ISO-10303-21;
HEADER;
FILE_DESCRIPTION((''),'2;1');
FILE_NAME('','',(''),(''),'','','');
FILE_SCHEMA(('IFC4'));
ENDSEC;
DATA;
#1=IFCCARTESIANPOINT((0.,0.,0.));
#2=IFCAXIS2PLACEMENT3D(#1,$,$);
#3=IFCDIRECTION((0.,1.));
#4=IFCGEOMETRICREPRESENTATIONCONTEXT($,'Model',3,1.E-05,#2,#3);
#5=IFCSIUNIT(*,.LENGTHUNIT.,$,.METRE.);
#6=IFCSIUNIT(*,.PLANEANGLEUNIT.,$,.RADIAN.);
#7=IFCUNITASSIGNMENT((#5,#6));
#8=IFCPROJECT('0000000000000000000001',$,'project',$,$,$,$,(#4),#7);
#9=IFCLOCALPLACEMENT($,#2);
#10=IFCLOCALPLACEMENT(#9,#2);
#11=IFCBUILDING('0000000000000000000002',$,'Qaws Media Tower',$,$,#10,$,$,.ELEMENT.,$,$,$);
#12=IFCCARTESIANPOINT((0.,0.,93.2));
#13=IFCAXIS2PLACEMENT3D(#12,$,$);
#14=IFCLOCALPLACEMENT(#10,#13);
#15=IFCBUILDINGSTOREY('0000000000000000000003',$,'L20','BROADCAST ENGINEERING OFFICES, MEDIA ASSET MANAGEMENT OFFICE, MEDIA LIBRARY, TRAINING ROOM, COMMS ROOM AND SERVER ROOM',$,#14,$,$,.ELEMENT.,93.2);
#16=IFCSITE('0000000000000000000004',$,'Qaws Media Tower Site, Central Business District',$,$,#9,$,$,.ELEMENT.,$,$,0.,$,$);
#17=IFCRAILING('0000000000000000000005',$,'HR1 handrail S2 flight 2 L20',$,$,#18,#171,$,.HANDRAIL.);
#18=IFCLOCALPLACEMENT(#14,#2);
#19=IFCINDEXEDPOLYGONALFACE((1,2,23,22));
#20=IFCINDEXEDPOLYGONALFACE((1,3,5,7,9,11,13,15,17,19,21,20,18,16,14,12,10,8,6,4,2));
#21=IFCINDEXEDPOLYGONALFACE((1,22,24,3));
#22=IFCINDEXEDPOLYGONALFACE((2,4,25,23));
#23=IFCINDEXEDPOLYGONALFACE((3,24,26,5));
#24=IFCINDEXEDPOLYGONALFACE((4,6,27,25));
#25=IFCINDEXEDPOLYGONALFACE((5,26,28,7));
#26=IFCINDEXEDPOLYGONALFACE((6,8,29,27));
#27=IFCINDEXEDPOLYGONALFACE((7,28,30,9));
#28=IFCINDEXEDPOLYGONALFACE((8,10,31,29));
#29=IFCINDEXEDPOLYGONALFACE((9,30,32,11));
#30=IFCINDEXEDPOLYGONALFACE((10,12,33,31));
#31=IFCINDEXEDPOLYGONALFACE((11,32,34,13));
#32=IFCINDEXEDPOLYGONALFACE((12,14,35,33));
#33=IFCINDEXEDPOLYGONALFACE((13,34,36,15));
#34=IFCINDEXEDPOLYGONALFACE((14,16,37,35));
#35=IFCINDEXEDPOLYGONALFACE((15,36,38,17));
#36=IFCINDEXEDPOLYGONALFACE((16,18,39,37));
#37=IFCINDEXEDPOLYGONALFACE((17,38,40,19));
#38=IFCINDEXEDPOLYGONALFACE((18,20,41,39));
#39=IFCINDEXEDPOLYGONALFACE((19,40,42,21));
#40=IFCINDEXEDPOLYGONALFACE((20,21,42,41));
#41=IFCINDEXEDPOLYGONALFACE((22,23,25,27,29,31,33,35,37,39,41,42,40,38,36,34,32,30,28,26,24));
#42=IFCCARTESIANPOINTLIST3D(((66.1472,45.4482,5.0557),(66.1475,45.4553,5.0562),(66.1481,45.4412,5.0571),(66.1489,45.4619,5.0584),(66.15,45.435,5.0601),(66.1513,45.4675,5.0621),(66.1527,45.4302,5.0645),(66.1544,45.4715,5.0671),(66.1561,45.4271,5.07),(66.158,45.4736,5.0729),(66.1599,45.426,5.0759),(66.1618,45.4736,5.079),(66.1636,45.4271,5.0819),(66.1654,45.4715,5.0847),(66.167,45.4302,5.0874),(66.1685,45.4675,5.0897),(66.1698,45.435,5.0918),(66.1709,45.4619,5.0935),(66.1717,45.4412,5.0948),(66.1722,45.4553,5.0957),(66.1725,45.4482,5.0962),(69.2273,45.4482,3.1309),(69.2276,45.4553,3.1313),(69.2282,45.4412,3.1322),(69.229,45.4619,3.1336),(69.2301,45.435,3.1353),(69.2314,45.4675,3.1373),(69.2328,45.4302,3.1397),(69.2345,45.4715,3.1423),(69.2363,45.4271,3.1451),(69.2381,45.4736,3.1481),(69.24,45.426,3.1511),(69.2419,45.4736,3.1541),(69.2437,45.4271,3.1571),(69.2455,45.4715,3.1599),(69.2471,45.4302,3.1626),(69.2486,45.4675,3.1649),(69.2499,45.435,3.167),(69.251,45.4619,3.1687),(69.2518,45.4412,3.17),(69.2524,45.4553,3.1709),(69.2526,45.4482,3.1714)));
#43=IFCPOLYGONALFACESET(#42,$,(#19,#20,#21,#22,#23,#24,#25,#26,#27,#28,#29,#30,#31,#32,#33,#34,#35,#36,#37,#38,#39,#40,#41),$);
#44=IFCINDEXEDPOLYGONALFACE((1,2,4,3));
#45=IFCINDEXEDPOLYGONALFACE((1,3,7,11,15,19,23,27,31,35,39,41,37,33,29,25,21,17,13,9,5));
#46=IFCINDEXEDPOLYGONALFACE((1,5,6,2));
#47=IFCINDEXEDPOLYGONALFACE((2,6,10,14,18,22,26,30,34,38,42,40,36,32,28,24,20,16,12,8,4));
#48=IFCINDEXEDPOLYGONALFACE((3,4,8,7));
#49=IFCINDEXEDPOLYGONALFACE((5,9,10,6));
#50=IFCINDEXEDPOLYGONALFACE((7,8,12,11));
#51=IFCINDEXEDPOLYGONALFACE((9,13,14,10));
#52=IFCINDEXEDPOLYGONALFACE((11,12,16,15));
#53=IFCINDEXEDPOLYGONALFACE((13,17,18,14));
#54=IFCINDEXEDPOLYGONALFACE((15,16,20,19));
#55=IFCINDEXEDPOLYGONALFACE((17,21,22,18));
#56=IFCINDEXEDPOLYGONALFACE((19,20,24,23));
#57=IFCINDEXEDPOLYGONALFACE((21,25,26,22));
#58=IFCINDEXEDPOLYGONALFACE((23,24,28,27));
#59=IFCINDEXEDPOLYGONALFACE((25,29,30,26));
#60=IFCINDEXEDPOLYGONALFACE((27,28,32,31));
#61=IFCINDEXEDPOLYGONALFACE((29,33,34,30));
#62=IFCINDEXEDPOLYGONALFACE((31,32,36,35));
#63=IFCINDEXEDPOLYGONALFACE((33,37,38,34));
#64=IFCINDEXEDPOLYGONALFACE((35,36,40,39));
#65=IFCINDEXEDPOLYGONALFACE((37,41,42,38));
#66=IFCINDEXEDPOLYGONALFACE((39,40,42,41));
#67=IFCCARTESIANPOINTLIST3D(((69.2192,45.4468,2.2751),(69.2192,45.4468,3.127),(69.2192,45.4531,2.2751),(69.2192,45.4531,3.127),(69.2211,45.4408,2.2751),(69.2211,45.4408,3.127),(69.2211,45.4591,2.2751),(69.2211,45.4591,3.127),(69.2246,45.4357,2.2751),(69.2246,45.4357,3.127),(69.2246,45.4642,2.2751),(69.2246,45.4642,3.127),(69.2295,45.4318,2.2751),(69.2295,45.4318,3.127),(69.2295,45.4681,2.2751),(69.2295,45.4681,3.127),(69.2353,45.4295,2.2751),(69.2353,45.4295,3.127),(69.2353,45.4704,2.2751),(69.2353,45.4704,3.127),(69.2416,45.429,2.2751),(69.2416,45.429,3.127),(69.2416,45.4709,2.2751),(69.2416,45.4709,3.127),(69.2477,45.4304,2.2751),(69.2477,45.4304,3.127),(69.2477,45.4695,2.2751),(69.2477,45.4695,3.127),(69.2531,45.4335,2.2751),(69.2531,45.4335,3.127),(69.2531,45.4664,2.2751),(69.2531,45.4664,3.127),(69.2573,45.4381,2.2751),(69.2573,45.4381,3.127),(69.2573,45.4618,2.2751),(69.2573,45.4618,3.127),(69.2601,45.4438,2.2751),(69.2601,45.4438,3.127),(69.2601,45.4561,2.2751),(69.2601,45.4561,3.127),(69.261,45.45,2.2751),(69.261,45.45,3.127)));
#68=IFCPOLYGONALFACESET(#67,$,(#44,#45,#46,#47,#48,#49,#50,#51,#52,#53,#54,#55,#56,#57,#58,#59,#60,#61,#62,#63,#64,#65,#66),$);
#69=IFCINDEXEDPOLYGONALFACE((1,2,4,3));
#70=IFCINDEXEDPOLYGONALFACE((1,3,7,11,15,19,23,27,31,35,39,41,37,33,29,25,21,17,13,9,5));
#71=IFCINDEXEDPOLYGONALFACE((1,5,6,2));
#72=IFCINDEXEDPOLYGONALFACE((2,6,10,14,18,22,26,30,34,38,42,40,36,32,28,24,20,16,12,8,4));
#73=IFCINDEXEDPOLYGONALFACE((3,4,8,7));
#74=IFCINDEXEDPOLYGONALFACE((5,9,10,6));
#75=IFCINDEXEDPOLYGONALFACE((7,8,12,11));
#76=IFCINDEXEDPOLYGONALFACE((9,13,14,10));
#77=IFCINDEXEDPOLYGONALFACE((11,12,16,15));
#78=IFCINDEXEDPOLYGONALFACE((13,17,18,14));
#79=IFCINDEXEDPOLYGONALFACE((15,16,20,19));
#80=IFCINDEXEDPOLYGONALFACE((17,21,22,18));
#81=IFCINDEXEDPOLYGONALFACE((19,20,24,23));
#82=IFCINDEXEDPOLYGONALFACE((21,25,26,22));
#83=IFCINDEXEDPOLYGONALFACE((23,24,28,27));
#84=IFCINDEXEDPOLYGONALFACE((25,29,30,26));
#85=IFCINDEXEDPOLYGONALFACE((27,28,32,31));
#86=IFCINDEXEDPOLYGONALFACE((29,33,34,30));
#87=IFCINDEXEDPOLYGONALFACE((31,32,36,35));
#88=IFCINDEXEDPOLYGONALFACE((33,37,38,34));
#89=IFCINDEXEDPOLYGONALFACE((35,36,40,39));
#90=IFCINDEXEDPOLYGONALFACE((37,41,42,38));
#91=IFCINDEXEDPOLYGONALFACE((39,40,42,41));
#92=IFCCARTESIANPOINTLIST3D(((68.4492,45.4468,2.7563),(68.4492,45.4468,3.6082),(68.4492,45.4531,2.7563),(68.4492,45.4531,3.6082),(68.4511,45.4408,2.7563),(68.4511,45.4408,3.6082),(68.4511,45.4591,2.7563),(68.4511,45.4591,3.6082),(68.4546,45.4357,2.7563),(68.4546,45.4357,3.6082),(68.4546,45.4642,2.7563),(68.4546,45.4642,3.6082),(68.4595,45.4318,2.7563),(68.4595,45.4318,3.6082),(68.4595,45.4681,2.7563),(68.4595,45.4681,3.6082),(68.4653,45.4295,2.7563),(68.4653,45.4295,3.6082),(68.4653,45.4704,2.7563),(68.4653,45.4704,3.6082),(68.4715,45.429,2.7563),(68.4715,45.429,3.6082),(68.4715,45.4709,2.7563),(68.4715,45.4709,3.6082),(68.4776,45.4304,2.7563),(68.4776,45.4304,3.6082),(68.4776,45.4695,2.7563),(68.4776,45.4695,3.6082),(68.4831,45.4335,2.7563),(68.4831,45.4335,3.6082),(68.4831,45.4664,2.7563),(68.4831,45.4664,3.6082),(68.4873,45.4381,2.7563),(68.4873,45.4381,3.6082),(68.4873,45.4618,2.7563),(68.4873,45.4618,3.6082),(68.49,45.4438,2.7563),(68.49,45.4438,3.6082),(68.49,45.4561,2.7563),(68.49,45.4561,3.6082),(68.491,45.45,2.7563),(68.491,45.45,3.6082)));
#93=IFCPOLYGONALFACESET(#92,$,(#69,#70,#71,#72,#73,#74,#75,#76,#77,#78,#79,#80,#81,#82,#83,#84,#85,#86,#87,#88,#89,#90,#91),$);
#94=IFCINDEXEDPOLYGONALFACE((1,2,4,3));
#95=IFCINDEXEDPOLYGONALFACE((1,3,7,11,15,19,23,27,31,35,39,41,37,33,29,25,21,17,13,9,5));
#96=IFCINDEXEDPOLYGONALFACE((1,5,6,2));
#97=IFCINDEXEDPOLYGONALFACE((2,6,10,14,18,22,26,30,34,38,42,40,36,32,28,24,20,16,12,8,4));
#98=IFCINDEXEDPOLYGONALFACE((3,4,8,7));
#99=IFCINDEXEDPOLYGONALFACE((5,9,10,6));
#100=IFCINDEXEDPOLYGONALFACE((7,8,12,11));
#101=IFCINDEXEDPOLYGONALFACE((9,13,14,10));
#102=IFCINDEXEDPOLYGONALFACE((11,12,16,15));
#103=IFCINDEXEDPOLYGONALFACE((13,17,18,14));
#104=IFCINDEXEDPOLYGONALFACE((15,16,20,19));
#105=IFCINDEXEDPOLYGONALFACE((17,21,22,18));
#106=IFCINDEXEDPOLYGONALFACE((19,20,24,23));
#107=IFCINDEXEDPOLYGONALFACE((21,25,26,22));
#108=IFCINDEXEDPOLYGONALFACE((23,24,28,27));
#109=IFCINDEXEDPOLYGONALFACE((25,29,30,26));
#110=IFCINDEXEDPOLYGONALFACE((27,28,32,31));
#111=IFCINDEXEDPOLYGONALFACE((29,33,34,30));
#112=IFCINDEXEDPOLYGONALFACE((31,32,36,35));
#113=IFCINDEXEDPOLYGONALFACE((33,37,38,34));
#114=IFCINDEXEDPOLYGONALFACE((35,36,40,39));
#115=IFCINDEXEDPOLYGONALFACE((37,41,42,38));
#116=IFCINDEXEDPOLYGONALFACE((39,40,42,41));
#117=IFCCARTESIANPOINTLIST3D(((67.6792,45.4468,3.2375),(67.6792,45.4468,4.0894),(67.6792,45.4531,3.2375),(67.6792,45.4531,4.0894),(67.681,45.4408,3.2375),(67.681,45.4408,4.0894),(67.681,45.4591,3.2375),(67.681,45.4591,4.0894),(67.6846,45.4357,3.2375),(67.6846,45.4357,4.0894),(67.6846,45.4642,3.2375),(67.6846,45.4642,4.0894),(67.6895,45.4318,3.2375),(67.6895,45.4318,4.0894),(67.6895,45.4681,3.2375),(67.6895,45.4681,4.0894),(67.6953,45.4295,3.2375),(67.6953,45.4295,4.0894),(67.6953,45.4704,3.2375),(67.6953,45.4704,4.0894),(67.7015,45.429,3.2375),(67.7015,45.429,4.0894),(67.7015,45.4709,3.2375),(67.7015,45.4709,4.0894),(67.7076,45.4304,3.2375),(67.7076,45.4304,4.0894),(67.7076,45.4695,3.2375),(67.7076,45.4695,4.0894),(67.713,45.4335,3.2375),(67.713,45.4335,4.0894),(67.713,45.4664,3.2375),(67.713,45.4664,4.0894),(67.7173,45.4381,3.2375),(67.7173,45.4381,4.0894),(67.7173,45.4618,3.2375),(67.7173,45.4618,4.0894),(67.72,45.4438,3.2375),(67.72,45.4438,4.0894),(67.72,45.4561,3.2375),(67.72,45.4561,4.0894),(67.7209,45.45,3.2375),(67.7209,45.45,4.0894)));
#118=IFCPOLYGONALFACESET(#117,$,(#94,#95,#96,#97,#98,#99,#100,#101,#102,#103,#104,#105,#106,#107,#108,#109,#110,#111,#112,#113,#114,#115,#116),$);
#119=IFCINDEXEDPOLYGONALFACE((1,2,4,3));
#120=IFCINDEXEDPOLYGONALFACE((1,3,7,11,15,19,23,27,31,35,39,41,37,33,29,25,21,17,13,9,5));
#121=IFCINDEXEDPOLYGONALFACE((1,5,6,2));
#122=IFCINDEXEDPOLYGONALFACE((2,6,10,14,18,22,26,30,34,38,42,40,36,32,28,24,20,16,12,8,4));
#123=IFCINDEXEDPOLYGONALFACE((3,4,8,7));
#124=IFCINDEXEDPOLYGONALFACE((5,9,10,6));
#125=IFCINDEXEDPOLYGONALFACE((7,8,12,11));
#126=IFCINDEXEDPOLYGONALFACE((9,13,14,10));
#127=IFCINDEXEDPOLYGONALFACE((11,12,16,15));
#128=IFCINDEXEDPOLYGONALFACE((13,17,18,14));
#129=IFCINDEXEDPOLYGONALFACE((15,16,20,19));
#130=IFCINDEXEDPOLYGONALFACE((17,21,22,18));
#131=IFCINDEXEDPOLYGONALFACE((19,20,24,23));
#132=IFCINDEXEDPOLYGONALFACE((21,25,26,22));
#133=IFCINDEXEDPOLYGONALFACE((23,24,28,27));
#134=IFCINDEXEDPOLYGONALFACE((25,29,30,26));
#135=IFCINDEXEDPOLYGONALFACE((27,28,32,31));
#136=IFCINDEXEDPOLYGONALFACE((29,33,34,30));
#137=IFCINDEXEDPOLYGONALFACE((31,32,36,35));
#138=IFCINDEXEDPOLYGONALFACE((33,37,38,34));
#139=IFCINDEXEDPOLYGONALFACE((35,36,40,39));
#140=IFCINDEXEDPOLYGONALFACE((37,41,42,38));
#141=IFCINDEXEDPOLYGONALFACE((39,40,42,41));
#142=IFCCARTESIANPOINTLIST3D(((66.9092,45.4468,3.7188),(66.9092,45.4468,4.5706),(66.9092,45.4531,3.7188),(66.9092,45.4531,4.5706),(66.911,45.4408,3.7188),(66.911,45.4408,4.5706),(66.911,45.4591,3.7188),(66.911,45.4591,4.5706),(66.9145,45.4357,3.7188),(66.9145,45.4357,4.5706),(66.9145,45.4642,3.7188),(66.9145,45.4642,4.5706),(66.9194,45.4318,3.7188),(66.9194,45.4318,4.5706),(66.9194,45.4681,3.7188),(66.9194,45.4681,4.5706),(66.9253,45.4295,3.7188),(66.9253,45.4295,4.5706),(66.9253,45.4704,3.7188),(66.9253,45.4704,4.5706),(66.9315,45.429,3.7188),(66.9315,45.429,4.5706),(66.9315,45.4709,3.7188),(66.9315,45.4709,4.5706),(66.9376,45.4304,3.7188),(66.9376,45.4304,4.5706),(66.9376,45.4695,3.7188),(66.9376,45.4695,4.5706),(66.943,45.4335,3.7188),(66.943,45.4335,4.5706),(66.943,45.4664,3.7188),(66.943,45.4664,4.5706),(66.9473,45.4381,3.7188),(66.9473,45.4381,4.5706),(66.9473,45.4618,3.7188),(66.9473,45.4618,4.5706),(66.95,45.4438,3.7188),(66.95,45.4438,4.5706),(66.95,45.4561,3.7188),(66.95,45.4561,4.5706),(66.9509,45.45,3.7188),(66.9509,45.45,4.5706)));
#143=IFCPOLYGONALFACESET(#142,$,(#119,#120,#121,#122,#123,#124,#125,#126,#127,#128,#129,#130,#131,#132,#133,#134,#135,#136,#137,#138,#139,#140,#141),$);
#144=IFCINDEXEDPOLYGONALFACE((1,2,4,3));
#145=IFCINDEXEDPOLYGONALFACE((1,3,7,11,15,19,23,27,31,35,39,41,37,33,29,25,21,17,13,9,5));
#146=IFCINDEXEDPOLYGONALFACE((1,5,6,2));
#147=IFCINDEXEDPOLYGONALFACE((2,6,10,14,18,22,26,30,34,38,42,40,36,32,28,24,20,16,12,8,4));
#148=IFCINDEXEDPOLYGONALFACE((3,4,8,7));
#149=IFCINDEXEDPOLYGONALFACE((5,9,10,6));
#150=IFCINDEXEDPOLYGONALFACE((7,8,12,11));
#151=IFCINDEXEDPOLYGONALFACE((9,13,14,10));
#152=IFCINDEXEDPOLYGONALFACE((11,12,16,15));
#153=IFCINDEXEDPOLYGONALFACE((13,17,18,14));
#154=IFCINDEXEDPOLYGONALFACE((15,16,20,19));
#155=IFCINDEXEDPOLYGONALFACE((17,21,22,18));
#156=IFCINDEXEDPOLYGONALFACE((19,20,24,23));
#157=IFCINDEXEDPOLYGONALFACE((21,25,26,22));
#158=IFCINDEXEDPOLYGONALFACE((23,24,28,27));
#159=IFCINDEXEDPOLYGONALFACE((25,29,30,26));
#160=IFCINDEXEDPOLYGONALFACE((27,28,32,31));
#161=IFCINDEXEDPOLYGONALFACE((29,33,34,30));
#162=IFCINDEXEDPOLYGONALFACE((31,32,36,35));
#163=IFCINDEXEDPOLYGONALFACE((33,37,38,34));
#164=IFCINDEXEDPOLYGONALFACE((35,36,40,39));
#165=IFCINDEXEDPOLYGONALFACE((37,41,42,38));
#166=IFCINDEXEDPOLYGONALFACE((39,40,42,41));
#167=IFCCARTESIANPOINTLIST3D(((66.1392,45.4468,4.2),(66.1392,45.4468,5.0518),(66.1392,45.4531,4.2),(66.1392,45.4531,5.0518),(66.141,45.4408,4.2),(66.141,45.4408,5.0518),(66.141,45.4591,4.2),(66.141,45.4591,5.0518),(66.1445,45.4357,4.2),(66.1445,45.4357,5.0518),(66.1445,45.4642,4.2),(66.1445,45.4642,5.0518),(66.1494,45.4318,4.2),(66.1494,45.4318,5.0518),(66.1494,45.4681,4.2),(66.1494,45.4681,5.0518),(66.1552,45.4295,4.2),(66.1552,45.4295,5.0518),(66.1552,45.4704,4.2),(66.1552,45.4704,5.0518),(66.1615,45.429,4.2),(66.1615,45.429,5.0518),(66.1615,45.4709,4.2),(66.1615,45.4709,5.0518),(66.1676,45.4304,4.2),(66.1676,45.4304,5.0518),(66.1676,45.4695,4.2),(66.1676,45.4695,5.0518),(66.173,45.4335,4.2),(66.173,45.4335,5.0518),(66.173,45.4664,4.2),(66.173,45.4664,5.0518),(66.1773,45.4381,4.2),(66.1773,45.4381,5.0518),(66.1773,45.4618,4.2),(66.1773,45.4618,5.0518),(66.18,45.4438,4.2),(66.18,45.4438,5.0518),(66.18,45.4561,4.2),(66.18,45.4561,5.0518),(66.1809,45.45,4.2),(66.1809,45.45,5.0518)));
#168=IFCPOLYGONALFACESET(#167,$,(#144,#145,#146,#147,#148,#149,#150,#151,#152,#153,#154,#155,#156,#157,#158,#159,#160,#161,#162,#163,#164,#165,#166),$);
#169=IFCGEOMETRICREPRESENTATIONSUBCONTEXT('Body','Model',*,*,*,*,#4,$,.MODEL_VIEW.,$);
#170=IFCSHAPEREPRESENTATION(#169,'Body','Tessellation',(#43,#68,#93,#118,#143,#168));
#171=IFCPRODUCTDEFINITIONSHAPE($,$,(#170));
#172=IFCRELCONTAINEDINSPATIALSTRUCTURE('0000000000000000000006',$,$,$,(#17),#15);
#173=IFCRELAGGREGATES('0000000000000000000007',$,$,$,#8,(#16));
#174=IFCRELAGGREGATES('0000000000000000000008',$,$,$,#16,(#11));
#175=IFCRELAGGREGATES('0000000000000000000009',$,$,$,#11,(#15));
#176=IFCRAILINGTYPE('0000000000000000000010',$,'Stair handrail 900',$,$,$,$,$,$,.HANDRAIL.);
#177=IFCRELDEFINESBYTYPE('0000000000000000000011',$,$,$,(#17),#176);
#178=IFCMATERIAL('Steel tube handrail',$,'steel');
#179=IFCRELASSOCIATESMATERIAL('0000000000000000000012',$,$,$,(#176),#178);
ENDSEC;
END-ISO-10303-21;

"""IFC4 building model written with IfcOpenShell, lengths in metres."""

from ifc_helpers import new_model, si_unit, direction, frame, origin, origin_2d, place, context, subcontext, project, spatial, circle, extrude, material, type_object, element, save


model = new_model("IFC4")

# Units and contexts
model_context = context("Model", 3, precision=1e-05, world=origin(), true_north=direction((0.0, 1.0)))
body_context = subcontext(model_context, "Body", "Model", "MODEL_VIEW")
ifc_project = project(units=[si_unit("LENGTHUNIT", "METRE"), si_unit("PLANEANGLEUNIT", "RADIAN")], contexts=[model_context])

# Site, building, storey
site_placement = place(None, origin())
site = spatial("IfcSite", under=ifc_project, at=site_placement, Name="Qaws Media Tower Site, Central Business District", CompositionType="ELEMENT", RefElevation=0.0)
building_placement = place(site_placement, origin())
building = spatial("IfcBuilding", under=site, at=building_placement, Name="Qaws Media Tower", CompositionType="ELEMENT")
storey_placement = place(building_placement, frame((0.0, 0.0, 93.2)))
storey = spatial("IfcBuildingStorey", under=building, at=storey_placement, Name="L20", Description="BROADCAST ENGINEERING OFFICES, MEDIA ASSET MANAGEMENT OFFICE, MEDIA LIBRARY, TRAINING ROOM, COMMS ROOM AND SERVER ROOM", CompositionType="ELEMENT", Elevation=93.2)

# Railing
ifc_material_1 = material(Name="Steel tube handrail", Category="steel")
railing_type = type_object("IfcRailingType", Name="Stair handrail 900", PredefinedType="HANDRAIL", material=ifc_material_1)
for number, where, name in (
    (1, (69.24, 45.45, 2.2751), "HR1 handrail S2 flight 2 L20"),
):
    element("IfcRailing", number, at=place(storey_placement, frame(where)), inside=storey, type_object=railing_type, Name=name, PredefinedType="HANDRAIL", context=body_context, shape_type="SweptSolid", body=[
        extrude(circle(Radius=0.0239, at=origin_2d()), frame((0.0, 0.0, 0.876), z_axis=(-0.848029, 0.0, 0.529951), x_axis=(0.0, -1.0, 0.0)), (0.0, 0.0, 1.0), 3.6321),
        extrude(circle(Radius=0.021, at=origin_2d()), origin(), (0.0, 0.0, 1.0), 0.8518),
        extrude(circle(Radius=0.021, at=origin_2d()), frame((-0.77, 0.0, 0.4812)), (0.0, 0.0, 1.0), 0.8518),
        extrude(circle(Radius=0.021, at=origin_2d()), frame((-1.54, 0.0, 0.9624)), (0.0, 0.0, 1.0), 0.8518),
        extrude(circle(Radius=0.021, at=origin_2d()), frame((-2.3101, 0.0, 1.4436)), (0.0, 0.0, 1.0), 0.8518),
        extrude(circle(Radius=0.021, at=origin_2d()), frame((-3.0801, 0.0, 1.9248)), (0.0, 0.0, 1.0), 0.8518),
    ])

save(model, "model.ifc")
